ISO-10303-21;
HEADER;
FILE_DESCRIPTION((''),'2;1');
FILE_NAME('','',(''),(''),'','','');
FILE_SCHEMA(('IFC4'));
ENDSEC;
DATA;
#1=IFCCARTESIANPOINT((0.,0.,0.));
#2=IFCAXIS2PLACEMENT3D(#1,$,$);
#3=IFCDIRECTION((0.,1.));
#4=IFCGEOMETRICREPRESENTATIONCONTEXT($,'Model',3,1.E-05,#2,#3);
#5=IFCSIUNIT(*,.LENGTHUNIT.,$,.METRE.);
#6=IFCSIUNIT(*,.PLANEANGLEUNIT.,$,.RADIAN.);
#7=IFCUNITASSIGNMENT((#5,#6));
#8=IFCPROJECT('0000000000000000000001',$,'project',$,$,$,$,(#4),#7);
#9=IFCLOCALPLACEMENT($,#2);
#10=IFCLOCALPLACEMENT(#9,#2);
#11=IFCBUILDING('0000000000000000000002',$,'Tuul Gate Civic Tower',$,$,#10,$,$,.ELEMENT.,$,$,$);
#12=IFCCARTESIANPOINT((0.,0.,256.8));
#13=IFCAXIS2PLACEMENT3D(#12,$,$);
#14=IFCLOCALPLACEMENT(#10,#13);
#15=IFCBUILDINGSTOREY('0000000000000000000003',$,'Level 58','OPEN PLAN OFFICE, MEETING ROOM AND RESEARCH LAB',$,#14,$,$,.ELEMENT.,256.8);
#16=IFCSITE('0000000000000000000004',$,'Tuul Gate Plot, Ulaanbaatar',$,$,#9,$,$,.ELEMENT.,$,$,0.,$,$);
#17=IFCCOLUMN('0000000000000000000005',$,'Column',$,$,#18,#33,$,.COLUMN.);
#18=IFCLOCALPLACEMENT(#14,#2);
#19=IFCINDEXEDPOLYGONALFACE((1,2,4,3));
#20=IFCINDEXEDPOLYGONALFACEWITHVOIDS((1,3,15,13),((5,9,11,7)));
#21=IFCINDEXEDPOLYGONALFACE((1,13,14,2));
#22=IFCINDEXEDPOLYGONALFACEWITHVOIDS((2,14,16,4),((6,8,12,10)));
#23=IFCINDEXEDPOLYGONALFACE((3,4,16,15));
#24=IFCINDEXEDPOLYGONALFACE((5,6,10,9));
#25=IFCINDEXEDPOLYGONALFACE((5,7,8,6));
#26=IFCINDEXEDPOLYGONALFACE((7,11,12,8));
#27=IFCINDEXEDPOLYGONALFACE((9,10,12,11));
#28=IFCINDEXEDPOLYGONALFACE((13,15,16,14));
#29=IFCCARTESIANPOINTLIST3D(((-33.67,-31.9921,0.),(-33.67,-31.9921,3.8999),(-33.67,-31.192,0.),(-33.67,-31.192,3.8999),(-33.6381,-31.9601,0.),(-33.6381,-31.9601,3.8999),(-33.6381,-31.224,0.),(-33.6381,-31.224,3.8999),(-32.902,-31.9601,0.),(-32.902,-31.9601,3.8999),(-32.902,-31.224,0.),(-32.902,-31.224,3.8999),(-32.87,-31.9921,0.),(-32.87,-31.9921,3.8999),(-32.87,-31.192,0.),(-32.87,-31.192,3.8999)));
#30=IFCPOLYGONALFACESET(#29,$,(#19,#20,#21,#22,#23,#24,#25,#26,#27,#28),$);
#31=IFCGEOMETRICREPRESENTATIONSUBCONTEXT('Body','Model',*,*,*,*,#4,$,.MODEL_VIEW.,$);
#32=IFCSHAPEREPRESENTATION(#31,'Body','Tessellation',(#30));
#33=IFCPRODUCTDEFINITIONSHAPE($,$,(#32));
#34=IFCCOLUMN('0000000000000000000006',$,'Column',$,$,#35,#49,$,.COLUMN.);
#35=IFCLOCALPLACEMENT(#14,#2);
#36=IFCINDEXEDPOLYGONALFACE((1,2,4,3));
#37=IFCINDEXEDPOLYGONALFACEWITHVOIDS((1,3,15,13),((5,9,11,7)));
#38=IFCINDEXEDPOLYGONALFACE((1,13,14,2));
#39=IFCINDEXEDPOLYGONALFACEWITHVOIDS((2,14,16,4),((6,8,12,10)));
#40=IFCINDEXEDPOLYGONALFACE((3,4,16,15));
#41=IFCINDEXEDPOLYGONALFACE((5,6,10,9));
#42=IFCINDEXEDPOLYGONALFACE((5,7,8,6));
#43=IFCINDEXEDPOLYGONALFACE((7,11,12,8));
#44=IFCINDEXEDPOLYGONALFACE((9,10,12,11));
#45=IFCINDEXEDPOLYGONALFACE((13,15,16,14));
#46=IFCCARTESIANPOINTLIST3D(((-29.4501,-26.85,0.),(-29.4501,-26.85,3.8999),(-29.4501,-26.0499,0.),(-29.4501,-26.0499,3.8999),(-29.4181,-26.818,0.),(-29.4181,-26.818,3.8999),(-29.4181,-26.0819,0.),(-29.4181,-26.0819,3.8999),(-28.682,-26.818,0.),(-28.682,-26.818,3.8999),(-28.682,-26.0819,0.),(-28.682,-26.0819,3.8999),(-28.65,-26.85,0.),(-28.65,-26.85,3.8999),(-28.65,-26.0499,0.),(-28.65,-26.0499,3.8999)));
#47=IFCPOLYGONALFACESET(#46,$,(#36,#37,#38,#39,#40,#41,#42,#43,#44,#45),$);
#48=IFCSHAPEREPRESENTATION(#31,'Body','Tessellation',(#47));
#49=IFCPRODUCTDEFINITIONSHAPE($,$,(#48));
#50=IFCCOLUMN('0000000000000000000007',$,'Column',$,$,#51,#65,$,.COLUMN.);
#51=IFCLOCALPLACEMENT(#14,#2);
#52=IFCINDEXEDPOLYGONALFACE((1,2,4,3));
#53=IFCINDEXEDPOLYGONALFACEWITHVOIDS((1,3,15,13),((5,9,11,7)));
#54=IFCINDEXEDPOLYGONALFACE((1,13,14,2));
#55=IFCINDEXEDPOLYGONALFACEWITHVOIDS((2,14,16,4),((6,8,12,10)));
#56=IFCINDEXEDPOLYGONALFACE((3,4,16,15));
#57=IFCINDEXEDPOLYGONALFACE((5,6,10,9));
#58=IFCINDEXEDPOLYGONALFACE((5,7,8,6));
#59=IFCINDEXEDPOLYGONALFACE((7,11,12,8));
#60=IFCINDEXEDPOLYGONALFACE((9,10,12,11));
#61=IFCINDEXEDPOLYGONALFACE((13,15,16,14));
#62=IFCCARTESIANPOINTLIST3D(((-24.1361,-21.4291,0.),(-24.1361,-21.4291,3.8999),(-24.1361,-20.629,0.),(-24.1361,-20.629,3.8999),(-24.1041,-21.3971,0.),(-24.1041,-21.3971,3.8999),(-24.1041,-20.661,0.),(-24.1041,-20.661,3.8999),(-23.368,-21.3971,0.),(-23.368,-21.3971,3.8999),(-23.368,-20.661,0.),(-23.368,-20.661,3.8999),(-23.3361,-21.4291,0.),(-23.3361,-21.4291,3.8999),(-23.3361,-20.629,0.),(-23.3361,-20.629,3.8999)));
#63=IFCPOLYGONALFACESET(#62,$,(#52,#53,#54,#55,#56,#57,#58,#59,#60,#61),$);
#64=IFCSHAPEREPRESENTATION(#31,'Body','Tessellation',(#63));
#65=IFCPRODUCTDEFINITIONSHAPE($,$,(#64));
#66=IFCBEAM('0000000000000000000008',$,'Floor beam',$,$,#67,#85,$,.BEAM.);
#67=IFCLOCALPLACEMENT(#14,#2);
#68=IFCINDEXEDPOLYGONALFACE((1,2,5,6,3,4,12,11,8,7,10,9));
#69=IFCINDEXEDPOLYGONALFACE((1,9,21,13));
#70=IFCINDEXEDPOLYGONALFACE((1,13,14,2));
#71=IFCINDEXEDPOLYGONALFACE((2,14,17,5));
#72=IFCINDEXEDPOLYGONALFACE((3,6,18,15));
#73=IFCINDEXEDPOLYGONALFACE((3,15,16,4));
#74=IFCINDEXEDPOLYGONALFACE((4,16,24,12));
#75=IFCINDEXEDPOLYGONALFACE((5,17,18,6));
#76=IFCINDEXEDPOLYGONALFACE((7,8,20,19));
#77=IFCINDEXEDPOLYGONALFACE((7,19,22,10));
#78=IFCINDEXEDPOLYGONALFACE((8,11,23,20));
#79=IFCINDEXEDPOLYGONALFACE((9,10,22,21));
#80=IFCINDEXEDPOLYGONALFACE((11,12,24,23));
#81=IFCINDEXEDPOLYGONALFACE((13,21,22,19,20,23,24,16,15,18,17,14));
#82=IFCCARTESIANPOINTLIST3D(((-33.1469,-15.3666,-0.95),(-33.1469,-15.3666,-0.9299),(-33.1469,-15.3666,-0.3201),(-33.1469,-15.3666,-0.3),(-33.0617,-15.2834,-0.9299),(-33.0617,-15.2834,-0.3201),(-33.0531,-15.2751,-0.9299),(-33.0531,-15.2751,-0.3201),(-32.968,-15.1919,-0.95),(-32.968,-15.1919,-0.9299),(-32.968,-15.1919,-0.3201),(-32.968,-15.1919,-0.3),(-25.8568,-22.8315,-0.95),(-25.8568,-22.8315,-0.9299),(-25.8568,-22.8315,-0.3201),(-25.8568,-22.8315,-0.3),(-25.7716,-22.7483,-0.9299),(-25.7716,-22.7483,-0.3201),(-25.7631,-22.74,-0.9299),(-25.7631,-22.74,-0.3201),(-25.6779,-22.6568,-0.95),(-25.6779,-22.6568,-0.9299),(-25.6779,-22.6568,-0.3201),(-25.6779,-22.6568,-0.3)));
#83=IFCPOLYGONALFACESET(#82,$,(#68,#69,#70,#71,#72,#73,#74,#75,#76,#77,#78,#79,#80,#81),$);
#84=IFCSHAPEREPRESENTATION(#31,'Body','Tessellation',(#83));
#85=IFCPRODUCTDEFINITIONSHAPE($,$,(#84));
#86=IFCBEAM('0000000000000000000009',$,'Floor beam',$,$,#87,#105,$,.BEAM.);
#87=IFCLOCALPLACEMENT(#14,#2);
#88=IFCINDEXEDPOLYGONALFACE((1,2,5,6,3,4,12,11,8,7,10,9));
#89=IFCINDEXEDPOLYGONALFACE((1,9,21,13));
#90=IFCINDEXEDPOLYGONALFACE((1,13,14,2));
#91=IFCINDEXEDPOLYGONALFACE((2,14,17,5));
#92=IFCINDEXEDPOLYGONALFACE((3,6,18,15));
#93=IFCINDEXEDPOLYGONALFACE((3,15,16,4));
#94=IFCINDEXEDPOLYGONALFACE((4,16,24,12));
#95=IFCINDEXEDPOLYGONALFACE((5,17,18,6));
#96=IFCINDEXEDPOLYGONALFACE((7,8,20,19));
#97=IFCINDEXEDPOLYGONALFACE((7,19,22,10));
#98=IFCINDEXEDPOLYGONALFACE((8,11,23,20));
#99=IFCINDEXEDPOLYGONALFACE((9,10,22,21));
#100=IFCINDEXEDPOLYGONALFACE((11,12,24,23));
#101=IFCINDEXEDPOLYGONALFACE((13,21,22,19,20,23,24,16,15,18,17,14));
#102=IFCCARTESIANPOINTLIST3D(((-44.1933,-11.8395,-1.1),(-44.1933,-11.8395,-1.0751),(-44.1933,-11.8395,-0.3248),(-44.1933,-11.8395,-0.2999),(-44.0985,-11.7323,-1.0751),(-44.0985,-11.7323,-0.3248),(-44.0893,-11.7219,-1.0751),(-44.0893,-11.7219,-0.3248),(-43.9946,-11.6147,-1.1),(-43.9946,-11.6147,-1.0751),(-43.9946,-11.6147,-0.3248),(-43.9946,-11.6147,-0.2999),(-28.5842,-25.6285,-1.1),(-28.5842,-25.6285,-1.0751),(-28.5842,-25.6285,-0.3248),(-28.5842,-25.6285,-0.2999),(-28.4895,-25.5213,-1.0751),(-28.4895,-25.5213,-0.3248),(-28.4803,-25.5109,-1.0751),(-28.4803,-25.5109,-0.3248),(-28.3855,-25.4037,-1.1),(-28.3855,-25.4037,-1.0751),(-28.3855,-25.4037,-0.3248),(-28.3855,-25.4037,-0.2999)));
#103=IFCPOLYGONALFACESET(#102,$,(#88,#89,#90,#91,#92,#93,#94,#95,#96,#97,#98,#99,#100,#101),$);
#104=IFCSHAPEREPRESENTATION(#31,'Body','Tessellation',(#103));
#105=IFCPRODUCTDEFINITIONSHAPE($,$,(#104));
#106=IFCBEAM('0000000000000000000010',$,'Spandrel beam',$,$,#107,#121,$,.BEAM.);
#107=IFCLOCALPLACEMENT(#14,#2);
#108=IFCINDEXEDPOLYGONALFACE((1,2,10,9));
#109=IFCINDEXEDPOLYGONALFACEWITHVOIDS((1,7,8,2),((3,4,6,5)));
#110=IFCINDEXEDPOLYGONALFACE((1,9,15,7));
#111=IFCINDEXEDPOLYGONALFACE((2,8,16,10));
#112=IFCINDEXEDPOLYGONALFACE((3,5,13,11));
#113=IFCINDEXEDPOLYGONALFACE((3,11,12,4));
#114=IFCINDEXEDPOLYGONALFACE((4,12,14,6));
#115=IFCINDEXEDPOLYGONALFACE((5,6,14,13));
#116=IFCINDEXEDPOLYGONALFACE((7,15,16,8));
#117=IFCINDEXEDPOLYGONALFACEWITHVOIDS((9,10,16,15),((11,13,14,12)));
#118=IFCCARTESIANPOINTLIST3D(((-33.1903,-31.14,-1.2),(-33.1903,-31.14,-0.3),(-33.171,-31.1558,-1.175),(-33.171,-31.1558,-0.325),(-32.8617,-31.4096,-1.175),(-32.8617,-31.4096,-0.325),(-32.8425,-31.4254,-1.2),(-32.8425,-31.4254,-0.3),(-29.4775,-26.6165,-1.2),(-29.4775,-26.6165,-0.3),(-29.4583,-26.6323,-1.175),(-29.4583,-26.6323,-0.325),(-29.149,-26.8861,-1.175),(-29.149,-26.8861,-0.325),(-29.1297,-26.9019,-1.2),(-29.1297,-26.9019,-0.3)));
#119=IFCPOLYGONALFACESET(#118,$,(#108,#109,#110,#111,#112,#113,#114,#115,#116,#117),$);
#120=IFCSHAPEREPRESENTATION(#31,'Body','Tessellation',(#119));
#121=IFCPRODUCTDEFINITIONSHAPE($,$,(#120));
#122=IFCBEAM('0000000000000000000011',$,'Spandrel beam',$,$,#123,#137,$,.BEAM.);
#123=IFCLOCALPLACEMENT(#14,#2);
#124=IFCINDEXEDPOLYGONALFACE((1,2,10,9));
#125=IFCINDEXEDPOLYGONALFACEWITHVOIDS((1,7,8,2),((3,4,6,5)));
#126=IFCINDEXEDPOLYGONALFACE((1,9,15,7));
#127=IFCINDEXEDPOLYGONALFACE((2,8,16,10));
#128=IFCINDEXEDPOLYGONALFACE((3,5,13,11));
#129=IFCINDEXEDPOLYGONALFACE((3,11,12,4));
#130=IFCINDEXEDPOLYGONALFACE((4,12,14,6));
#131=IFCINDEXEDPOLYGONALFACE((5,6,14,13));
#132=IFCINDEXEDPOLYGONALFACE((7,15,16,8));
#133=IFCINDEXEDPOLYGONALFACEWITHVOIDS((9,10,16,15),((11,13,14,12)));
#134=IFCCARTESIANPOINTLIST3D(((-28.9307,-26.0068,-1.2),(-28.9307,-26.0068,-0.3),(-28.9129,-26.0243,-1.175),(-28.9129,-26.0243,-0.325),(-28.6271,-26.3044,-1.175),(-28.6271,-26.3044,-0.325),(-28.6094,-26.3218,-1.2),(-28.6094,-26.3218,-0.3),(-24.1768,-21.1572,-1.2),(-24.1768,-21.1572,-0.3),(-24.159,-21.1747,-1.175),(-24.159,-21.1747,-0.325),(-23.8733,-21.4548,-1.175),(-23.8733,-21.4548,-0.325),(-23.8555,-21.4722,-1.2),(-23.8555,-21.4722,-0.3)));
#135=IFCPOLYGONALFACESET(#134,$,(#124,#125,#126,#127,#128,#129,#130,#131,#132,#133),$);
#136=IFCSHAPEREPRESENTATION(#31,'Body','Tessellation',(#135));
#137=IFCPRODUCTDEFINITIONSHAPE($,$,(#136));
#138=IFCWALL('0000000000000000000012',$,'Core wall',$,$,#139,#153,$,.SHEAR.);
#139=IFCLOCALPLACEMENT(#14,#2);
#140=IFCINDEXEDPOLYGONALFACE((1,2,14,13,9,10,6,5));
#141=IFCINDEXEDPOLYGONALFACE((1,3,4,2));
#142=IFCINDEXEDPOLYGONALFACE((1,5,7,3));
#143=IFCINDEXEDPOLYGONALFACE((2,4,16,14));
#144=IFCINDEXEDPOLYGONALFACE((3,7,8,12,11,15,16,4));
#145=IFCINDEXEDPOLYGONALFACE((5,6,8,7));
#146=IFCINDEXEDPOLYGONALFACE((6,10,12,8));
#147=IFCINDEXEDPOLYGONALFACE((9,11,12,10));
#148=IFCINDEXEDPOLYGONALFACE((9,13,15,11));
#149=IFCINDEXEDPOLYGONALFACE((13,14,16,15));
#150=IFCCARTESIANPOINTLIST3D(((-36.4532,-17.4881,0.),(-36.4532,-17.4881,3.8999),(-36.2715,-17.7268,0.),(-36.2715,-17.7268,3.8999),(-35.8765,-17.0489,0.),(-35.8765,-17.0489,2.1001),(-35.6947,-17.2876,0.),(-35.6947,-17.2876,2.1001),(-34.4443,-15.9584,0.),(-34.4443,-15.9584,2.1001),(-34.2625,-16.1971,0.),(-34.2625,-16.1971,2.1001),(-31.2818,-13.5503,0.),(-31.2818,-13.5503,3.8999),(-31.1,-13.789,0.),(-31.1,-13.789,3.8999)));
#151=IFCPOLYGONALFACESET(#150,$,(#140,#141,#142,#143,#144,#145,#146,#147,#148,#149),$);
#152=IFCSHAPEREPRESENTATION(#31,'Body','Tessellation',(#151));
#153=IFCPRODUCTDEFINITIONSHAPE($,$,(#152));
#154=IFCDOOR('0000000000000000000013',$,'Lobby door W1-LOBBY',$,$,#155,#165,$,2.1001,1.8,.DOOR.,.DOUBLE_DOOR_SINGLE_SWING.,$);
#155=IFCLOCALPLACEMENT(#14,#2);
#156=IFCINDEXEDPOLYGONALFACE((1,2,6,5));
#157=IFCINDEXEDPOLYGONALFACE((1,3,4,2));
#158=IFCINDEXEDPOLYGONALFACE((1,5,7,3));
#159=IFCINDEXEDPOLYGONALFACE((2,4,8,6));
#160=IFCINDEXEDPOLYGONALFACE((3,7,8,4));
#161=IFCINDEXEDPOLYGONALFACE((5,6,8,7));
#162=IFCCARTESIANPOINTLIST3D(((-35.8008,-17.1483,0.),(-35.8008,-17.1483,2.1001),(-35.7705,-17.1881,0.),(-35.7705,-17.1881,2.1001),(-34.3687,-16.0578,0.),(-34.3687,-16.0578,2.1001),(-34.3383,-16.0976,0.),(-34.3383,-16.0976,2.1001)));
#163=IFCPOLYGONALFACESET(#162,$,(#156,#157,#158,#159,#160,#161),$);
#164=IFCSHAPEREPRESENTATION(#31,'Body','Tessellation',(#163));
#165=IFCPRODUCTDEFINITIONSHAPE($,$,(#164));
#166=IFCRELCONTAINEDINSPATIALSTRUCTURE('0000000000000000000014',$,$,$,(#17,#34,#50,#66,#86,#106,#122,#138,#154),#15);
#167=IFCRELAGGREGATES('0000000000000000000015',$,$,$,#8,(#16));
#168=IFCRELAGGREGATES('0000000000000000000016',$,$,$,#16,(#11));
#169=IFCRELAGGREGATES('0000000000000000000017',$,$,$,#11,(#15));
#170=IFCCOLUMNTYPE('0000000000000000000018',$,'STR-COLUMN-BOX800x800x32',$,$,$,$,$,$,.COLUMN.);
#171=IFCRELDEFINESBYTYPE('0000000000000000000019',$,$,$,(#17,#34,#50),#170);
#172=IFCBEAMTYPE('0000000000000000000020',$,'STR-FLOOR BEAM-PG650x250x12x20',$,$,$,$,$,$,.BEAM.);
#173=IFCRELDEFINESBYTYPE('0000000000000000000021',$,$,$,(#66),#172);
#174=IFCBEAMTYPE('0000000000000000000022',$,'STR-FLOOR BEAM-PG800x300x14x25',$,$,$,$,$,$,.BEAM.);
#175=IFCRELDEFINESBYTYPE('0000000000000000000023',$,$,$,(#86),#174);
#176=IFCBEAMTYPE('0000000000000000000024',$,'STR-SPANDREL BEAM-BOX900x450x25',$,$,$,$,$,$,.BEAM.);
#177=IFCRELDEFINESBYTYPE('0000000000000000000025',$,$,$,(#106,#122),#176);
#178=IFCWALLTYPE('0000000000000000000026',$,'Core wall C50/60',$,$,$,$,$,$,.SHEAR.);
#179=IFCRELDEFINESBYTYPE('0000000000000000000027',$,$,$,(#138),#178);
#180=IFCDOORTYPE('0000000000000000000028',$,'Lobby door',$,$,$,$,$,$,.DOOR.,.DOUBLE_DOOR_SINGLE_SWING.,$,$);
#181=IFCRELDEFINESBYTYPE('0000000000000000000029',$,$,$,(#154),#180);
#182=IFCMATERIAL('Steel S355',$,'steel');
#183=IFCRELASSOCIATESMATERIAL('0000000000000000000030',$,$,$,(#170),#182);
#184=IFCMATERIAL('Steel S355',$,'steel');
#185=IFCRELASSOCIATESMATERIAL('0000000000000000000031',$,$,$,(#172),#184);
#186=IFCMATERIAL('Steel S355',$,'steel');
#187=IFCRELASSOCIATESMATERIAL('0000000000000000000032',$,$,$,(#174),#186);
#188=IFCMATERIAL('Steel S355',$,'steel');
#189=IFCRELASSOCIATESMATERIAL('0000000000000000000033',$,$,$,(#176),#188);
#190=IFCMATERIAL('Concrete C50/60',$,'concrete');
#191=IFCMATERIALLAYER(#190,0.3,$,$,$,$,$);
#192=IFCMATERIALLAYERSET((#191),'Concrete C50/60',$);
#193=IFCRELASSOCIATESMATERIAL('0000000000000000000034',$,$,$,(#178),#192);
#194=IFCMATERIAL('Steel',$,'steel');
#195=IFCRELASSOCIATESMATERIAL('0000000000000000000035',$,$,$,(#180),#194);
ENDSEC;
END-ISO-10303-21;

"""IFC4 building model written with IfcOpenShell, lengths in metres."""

from ifc_helpers import new_model, si_unit, direction, frame, frame_2d, origin, origin_2d, place, context, subcontext, project, spatial, rectangle, hollow_rectangle, i_section, extrude, material, layer, layer_set, material_profile, profile_set, type_object, element, fill, save


model = new_model("IFC4")

# Units and contexts
model_context = context("Model", 3, precision=1e-05, world=origin(), true_north=direction((0.0, 1.0)))
body_context = subcontext(model_context, "Body", "Model", "MODEL_VIEW")
ifc_project = project(units=[si_unit("LENGTHUNIT", "METRE"), si_unit("PLANEANGLEUNIT", "RADIAN")], contexts=[model_context])

# Site, building, storey
site_placement = place(None, origin())
site = spatial("IfcSite", under=ifc_project, at=site_placement, Name="Tuul Gate Plot, Ulaanbaatar", CompositionType="ELEMENT", RefElevation=0.0)
building_placement = place(site_placement, origin())
building = spatial("IfcBuilding", under=site, at=building_placement, Name="Tuul Gate Civic Tower", CompositionType="ELEMENT")
storey_placement = place(building_placement, frame((0.0, 0.0, 256.8)))
storey = spatial("IfcBuildingStorey", under=building, at=storey_placement, Name="Level 58", Description="OPEN PLAN OFFICE, MEETING ROOM AND RESEARCH LAB", CompositionType="ELEMENT", Elevation=256.8)

# Columns
ifc_material_1 = material(Name="Steel S355", Category="steel")
ifc_material_profile_1 = material_profile(ifc_material_1, hollow_rectangle(XDim=0.8, YDim=0.8, WallThickness=0.032, at=origin_2d()), Name="BOX800x800x32")
ifc_profile_set_1 = profile_set([ifc_material_profile_1], Name="Steel S355")
column_type = type_object("IfcColumnType", Name="STR-COLUMN-BOX800x800x32", PredefinedType="COLUMN", material=ifc_profile_set_1)
for number, where, z_axis, x_axis, name in (
    (1, (-33.27, -31.592, 0.0), (0.0, 0.0, 1.0), (1.0, 0.0, 0.0), "Column"),
    (2, (-29.05, -26.45, 0.0), (0.0, 0.0, 1.0), (1.0, 0.0, 0.0), "Column"),
    (3, (-23.7361, -21.0291, 0.0), (0.0, 0.0, 1.0), (1.0, 0.0, 0.0), "Column"),
):
    element("IfcColumn", number, at=place(storey_placement, frame(where, z_axis=z_axis, x_axis=x_axis)), inside=storey, type_object=column_type, Name=name, PredefinedType="COLUMN", context=body_context, shape_type="SweptSolid", body=[
        extrude(hollow_rectangle(XDim=0.8, YDim=0.8, WallThickness=0.032, at=origin_2d()), origin(), (0.0, 0.0, 1.0), 3.8999),
    ])

# Beams
ifc_material_2 = material(Name="Steel S355", Category="steel")
ifc_material_profile_2 = material_profile(ifc_material_2, i_section(OverallWidth=0.25, OverallDepth=0.6499, WebThickness=0.012, FlangeThickness=0.02, at=origin_2d()), Name="PG650x250x12x20")
ifc_profile_set_2 = profile_set([ifc_material_profile_2], Name="Steel S355")
beam_type_1 = type_object("IfcBeamType", Name="STR-FLOOR BEAM-PG650x250x12x20", PredefinedType="BEAM", material=ifc_profile_set_2)
beam_1_placement = place(storey_placement, frame((-25.7673, -22.7441, -0.625), z_axis=(-0.69868, 0.715434, 0.0), x_axis=(-0.715434, -0.69868, 0.0)))
element("IfcBeam", 4, at=beam_1_placement, inside=storey, type_object=beam_type_1, Name="Floor beam", PredefinedType="BEAM", context=body_context, shape_type="SweptSolid", body=[
    extrude(i_section(OverallWidth=0.25, OverallDepth=0.6499, WebThickness=0.012, FlangeThickness=0.02, at=origin_2d()), origin(), (0.0, 0.0, 1.0), 10.4341),
])
ifc_material_3 = material(Name="Steel S355", Category="steel")
ifc_material_profile_3 = material_profile(ifc_material_3, i_section(OverallWidth=0.3, OverallDepth=0.8, WebThickness=0.0139, FlangeThickness=0.0249, at=origin_2d()), Name="PG800x300x14x25")
ifc_profile_set_3 = profile_set([ifc_material_profile_3], Name="Steel S355")
beam_type_2 = type_object("IfcBeamType", Name="STR-FLOOR BEAM-PG800x300x14x25", PredefinedType="BEAM", material=ifc_profile_set_3)
beam_2_placement = place(storey_placement, frame((-28.4849, -25.5161, -0.7), z_axis=(-0.749449, 0.662062, 0.0), x_axis=(-0.662062, -0.749449, 0.0)))
element("IfcBeam", 5, at=beam_2_placement, inside=storey, type_object=beam_type_2, Name="Floor beam", PredefinedType="BEAM", context=body_context, shape_type="SweptSolid", body=[
    extrude(i_section(OverallWidth=0.3, OverallDepth=0.8, WebThickness=0.0139, FlangeThickness=0.0249, at=origin_2d()), origin(), (0.0, 0.0, 1.0), 20.8274),
])
ifc_material_4 = material(Name="Steel S355", Category="steel")
ifc_material_profile_4 = material_profile(ifc_material_4, hollow_rectangle(XDim=0.45, YDim=0.8999, WallThickness=0.0249, at=origin_2d()), Name="BOX900x450x25")
ifc_profile_set_4 = profile_set([ifc_material_profile_4], Name="Steel S355")
beam_type_3 = type_object("IfcBeamType", Name="STR-SPANDREL BEAM-BOX900x450x25", PredefinedType="BEAM", material=ifc_profile_set_4)
beam_3_placement = place(storey_placement, frame((-33.0164, -31.2827, -0.75), z_axis=(0.63443, 0.772981, 0.0), x_axis=(-0.772981, 0.63443, 0.0)))
element("IfcBeam", 6, at=beam_3_placement, inside=storey, type_object=beam_type_3, Name="Spandrel beam", PredefinedType="BEAM", context=body_context, shape_type="SweptSolid", body=[
    extrude(hollow_rectangle(XDim=0.45, YDim=0.8999, WallThickness=0.0249, at=origin_2d()), origin(), (0.0, 0.0, 1.0), 5.8521),
])
beam_4_placement = place(storey_placement, frame((-28.77, -26.1643, -0.75), z_axis=(0.700025, 0.714118, 0.0), x_axis=(-0.714118, 0.700025, 0.0)))
element("IfcBeam", 7, at=beam_4_placement, inside=storey, type_object=beam_type_3, Name="Spandrel beam", PredefinedType="BEAM", context=body_context, shape_type="SweptSolid", body=[
    extrude(hollow_rectangle(XDim=0.45, YDim=0.8999, WallThickness=0.0249, at=origin_2d()), origin(), (0.0, 0.0, 1.0), 6.791),
])

# Wall, opening, door
ifc_material_5 = material(Name="Concrete C50/60", Category="concrete")
ifc_layer_1 = layer(ifc_material_5, 0.3)
ifc_layer_set_1 = layer_set([ifc_layer_1], Name="Concrete C50/60")
wall_type_1 = type_object("IfcWallType", Name="Core wall C50/60", PredefinedType="SHEAR", material=ifc_layer_set_1)
wall_1_placement = place(storey_placement, frame((-31.1909, -13.6697, 0.0), z_axis=(0.0, 0.0, 1.0), x_axis=(-0.795607, -0.605813, 0.0)))
wall_1 = element("IfcWall", 8, at=wall_1_placement, inside=storey, type_object=wall_type_1, Name="Core wall", PredefinedType="SHEAR", context=body_context, shape_type="SweptSolid", body=[
    extrude(rectangle(XDim=6.5, YDim=0.3, at=frame_2d((3.25, 0.0))), origin(), (0.0, 0.0, 1.0), 3.8999),
])
opening_1_placement = place(wall_1_placement, frame((3.9751, 0.0, 0.0)))
opening_1 = element("IfcOpeningElement", 9, at=opening_1_placement, cuts=wall_1, PredefinedType="OPENING", context=body_context, shape_type="SweptSolid", body=[
    extrude(rectangle(XDim=1.8, YDim=2.1001, at=frame_2d((0.8999, 1.05))), frame((0.0, 0.1602, 0.0), z_axis=(0.0, -1.0, 0.0), x_axis=(1.0, 0.0, 0.0)), (0.0, 0.0, 1.0), 0.3201),
])
ifc_material_6 = material(Name="Steel", Category="steel")
door_type_1 = type_object("IfcDoorType", Name="Lobby door", OperationType="DOUBLE_DOOR_SINGLE_SWING", PredefinedType="DOOR", material=ifc_material_6)
door_1_placement = place(opening_1_placement, origin())
door_1 = element("IfcDoor", 10, at=door_1_placement, inside=storey, type_object=door_type_1, Name="Lobby door W1-LOBBY", OperationType="DOUBLE_DOOR_SINGLE_SWING", OverallHeight=2.1001, OverallWidth=1.8, PredefinedType="DOOR", context=body_context, shape_type="SweptSolid", body=[
    extrude(rectangle(XDim=1.8, YDim=2.1001, at=frame_2d((0.8999, 1.05))), frame((0.0, 0.0249, 0.0), z_axis=(0.0, -1.0, 0.0), x_axis=(1.0, 0.0, 0.0)), (0.0, 0.0, 1.0), 0.05),
])
fill(opening_1, door_1)

save(model, "model.ifc")
